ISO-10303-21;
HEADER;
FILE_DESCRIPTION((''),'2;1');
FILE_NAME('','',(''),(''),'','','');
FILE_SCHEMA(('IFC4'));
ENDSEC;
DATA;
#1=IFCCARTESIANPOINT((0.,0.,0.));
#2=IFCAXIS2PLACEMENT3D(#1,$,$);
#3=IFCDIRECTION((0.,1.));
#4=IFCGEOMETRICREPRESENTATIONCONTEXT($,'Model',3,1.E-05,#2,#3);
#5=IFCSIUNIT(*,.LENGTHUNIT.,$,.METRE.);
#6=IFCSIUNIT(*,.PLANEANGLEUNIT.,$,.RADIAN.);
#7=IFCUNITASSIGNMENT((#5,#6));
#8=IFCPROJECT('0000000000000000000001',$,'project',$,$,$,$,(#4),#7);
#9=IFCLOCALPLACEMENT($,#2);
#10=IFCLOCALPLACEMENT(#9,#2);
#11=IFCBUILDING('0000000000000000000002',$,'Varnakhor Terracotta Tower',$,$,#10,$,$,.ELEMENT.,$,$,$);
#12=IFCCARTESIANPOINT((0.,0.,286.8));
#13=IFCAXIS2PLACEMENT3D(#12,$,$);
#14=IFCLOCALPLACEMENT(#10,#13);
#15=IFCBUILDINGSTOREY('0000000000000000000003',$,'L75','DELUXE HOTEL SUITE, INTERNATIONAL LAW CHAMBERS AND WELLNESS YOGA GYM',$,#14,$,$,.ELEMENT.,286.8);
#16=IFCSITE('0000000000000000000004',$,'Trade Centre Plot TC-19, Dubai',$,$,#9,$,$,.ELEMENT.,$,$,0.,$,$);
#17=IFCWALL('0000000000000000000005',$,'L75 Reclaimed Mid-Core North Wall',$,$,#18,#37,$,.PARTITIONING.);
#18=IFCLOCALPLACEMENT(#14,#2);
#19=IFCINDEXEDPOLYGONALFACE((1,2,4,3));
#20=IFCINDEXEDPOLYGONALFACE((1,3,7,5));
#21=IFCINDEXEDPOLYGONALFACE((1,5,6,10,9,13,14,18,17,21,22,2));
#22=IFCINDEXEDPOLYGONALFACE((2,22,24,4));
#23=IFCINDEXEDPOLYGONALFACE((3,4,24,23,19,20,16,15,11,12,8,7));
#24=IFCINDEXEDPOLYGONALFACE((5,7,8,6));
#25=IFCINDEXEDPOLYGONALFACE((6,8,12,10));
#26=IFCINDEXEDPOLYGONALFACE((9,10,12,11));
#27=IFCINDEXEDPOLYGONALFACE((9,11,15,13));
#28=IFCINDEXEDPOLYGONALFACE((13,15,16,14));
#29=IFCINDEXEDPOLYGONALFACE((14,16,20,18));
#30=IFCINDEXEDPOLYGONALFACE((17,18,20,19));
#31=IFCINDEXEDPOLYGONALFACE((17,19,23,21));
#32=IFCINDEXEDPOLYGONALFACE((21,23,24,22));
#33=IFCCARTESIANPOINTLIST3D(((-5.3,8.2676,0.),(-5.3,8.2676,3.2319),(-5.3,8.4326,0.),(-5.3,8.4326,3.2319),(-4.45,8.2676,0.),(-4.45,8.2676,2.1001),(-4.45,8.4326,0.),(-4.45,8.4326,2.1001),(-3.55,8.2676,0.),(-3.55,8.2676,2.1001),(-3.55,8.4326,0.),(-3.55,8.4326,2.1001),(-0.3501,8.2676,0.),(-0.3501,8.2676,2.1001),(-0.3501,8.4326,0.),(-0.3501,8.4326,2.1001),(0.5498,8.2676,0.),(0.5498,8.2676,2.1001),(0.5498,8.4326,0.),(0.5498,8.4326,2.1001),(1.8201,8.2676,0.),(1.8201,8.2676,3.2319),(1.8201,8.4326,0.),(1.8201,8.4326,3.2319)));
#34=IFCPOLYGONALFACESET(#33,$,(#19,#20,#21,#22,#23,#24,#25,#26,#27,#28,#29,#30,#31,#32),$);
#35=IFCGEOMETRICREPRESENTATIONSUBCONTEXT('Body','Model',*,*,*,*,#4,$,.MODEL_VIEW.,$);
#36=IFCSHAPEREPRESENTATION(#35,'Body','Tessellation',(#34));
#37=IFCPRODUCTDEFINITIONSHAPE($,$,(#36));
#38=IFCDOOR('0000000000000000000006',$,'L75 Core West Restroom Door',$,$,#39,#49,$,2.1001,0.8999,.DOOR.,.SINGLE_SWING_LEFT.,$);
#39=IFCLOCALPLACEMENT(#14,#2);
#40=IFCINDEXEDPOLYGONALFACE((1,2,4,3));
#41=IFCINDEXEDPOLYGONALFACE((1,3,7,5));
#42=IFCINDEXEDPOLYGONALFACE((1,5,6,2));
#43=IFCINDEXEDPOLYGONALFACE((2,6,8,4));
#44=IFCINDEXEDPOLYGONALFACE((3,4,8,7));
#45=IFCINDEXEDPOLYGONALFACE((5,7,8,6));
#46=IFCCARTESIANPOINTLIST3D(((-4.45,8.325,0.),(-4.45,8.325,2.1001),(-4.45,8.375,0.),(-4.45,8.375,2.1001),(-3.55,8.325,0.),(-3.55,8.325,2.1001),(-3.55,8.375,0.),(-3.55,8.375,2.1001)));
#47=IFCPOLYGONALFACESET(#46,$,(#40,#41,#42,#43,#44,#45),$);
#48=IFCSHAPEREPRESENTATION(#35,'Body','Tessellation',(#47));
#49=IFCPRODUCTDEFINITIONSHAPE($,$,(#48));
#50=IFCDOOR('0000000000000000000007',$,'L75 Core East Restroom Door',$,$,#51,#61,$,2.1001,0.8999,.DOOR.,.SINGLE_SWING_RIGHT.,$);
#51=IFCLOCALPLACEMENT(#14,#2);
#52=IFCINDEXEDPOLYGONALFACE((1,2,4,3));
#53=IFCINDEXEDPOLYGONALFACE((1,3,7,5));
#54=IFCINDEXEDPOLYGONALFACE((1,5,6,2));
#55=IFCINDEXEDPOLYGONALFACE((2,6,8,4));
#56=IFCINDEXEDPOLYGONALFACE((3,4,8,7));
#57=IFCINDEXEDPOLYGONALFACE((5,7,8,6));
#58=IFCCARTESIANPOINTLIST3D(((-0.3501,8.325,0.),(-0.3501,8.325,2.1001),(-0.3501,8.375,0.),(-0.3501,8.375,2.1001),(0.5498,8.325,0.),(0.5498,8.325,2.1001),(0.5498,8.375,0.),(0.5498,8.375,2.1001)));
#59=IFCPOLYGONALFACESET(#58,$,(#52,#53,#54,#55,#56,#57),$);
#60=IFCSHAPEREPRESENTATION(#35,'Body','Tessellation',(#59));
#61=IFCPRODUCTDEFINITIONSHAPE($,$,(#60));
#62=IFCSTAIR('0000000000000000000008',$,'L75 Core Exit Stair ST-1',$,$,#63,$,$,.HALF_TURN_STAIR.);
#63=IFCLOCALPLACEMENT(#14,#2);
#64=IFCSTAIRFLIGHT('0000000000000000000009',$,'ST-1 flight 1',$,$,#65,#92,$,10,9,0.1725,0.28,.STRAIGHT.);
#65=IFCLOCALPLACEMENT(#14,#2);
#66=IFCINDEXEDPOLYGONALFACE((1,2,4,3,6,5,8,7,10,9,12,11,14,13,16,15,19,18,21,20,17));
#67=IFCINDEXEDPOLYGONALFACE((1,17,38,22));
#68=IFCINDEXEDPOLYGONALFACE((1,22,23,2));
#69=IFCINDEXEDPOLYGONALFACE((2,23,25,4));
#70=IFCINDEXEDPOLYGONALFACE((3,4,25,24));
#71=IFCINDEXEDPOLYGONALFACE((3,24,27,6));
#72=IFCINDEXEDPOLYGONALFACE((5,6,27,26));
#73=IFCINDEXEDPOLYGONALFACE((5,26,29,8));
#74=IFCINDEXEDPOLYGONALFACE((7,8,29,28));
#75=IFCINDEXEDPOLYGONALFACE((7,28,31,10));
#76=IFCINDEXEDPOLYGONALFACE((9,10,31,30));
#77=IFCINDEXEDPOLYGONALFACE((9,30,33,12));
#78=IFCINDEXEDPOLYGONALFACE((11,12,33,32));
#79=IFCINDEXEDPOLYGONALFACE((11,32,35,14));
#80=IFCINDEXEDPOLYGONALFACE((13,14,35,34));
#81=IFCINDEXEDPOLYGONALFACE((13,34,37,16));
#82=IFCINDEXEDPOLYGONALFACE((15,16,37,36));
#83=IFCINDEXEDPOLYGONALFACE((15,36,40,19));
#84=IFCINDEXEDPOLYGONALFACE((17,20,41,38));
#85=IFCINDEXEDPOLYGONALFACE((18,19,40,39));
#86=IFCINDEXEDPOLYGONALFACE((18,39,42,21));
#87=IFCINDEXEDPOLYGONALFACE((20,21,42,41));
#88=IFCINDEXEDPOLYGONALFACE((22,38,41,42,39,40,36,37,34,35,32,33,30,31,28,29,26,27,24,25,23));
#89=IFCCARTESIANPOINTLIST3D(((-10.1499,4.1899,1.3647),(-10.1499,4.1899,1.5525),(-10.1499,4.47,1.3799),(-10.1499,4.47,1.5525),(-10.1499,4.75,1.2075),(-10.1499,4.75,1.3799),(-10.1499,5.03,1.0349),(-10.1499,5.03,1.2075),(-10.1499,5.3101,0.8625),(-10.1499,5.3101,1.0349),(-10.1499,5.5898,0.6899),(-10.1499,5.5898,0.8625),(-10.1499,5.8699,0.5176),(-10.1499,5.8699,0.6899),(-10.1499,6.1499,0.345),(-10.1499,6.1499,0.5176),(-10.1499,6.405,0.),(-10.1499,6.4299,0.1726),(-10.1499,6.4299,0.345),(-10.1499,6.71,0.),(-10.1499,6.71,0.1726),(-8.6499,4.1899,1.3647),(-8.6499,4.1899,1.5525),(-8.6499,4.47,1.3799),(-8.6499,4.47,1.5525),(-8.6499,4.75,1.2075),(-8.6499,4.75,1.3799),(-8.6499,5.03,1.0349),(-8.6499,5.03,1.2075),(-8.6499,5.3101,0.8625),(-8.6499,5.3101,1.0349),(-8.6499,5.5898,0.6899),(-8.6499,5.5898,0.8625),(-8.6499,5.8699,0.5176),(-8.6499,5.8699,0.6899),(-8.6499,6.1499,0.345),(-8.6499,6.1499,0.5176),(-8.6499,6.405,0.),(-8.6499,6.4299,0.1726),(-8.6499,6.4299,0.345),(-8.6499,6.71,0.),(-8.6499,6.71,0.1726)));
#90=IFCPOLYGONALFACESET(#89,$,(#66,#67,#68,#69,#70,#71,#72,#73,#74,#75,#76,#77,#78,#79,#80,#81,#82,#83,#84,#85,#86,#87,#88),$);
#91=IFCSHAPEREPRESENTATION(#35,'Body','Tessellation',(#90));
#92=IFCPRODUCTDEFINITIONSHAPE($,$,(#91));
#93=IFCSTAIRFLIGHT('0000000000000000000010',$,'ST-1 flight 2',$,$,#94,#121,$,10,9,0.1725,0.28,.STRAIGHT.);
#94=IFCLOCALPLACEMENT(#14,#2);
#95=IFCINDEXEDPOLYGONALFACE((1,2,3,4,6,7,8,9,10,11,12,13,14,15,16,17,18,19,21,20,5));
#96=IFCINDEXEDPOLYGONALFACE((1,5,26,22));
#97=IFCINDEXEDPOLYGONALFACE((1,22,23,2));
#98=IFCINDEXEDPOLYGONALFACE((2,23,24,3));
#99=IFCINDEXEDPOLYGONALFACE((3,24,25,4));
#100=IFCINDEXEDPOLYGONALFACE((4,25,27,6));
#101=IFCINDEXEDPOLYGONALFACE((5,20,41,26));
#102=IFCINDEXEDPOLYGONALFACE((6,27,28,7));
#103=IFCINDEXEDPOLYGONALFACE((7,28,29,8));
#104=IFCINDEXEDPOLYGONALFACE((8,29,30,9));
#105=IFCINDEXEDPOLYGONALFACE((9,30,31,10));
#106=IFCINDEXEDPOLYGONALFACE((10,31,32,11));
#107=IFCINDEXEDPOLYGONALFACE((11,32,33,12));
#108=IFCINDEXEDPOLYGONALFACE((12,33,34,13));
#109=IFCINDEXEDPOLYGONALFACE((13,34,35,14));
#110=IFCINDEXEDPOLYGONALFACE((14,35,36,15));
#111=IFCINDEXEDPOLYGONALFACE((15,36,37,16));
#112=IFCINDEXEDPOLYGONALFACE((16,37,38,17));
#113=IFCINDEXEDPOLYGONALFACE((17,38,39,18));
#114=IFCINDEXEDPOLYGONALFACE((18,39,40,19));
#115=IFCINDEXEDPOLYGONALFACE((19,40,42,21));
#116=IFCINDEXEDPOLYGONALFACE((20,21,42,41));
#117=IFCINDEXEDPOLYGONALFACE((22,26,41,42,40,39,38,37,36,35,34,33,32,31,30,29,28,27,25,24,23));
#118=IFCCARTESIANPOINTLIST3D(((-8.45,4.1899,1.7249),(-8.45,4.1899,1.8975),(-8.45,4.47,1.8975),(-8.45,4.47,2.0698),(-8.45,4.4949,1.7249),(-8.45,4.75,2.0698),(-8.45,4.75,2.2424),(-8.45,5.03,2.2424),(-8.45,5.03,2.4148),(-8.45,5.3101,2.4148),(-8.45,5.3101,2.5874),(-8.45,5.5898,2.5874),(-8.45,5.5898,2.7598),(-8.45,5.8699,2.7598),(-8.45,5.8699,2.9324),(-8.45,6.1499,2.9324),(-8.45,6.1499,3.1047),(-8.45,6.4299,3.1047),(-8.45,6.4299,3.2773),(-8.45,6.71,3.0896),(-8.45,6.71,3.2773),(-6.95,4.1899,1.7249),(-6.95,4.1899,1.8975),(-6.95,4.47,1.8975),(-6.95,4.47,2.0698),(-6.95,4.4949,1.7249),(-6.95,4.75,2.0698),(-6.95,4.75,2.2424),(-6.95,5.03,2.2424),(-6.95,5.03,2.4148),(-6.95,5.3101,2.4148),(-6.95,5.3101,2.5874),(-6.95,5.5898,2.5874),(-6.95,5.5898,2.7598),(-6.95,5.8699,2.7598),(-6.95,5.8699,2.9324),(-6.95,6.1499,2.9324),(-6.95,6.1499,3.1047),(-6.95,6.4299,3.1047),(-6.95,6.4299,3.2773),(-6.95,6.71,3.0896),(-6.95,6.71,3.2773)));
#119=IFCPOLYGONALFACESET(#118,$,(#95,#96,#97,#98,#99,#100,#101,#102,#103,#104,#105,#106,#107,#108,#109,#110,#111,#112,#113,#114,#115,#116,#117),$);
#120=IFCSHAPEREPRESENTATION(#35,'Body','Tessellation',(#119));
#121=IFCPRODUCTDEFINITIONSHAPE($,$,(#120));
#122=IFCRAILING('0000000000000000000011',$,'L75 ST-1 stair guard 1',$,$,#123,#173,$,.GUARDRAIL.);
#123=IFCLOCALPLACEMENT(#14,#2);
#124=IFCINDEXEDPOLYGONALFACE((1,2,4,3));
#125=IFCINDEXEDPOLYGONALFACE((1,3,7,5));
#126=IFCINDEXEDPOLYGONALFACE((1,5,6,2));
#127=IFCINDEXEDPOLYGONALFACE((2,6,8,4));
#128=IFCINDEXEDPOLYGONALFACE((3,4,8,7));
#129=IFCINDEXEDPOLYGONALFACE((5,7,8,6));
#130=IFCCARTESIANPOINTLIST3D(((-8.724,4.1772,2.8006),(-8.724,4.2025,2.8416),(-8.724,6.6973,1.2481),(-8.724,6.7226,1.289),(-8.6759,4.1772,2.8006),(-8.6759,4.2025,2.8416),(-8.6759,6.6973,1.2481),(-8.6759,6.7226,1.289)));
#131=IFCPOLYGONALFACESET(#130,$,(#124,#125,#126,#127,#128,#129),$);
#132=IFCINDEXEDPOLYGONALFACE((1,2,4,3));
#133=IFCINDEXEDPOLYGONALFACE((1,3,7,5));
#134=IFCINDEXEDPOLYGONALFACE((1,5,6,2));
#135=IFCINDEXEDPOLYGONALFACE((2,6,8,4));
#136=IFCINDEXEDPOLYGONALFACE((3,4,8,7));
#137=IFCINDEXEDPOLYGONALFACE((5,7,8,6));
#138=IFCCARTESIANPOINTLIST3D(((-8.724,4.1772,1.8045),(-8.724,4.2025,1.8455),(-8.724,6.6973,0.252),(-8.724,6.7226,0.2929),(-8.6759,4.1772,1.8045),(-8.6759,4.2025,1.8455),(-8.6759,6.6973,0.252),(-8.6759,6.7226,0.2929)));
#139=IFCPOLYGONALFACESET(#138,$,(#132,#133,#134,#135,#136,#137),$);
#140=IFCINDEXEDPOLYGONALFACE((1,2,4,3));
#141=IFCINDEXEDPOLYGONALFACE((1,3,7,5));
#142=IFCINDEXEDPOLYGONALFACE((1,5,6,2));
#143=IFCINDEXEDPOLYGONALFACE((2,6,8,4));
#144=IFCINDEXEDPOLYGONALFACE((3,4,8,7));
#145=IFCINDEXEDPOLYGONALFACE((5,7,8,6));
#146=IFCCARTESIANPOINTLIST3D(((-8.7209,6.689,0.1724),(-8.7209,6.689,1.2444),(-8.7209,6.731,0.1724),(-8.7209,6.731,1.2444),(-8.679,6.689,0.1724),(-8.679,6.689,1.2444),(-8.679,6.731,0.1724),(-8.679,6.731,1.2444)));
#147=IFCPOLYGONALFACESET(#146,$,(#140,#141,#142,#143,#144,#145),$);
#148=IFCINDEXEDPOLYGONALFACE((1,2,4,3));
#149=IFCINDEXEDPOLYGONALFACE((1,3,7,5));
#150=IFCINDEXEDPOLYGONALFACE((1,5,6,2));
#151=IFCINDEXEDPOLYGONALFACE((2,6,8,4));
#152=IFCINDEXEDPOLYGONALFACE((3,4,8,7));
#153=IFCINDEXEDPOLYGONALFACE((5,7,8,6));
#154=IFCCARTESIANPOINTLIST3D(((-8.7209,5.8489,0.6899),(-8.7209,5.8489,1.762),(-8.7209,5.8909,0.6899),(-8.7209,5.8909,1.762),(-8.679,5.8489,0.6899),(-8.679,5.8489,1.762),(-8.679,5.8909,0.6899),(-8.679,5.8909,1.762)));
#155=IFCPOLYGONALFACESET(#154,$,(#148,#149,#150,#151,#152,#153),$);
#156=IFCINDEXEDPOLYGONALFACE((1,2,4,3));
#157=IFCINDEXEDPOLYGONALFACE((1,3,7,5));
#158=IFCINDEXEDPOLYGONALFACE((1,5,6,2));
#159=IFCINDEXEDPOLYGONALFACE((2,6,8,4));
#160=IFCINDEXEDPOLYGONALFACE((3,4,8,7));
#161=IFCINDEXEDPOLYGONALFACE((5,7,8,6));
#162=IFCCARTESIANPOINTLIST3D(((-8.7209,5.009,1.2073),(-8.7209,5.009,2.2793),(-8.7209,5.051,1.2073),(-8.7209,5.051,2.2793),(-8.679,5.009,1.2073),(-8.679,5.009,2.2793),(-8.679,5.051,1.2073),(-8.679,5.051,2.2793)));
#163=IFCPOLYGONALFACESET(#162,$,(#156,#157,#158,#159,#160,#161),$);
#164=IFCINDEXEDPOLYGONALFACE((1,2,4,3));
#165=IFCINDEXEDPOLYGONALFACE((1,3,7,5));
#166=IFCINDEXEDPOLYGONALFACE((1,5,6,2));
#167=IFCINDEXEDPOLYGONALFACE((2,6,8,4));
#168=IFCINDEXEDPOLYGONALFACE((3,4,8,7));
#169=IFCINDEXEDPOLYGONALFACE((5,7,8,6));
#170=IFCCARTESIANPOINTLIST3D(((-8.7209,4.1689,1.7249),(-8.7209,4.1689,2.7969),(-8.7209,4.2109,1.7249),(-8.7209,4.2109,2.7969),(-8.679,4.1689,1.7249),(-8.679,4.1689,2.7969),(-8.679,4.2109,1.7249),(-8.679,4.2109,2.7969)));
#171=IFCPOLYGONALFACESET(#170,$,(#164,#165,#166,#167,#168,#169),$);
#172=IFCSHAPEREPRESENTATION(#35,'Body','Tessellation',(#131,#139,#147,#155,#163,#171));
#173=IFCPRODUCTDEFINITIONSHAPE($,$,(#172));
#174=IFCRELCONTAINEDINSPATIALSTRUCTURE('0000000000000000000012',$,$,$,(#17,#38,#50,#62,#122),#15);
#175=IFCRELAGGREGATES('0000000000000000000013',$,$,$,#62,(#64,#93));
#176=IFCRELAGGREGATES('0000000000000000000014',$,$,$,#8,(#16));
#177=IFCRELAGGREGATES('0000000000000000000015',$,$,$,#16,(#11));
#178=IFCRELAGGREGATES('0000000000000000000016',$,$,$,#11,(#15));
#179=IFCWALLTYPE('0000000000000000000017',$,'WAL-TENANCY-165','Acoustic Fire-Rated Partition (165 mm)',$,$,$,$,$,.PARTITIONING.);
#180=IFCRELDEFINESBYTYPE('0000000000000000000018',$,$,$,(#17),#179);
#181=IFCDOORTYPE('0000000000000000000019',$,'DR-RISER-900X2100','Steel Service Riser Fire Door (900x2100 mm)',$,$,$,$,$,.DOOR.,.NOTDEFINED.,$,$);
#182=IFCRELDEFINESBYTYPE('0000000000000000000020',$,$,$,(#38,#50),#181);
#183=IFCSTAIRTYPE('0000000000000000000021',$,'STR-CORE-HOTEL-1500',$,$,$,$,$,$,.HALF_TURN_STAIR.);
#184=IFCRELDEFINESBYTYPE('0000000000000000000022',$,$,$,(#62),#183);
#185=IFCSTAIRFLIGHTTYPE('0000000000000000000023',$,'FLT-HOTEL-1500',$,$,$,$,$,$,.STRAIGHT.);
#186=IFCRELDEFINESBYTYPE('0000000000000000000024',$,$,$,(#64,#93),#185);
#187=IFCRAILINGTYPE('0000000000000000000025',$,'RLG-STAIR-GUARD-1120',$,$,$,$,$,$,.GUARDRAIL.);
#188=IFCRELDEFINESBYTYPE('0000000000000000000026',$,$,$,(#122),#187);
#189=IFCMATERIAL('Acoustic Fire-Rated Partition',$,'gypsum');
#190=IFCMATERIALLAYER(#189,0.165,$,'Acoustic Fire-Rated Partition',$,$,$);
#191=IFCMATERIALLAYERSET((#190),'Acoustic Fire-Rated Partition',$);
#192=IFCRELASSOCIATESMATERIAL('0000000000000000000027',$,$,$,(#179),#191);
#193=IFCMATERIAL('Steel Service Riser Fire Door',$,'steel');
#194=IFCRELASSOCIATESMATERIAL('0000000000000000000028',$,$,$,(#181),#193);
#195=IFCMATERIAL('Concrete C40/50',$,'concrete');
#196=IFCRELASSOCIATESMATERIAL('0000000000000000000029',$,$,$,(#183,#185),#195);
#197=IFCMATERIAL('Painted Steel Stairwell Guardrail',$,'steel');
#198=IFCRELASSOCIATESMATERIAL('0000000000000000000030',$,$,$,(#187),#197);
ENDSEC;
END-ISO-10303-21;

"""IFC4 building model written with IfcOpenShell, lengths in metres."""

from ifc_helpers import new_model, si_unit, direction, frame, frame_2d, origin, origin_2d, place, context, subcontext, project, spatial, polyline, rectangle, outline, extrude, source, transform, mapped, material, layer, layer_set, type_object, type_shapes, element, fill, aggregate, save


model = new_model("IFC4")

# Units and contexts
model_context = context("Model", 3, precision=1e-05, world=origin(), true_north=direction((0.0, 1.0)))
body_context = subcontext(model_context, "Body", "Model", "MODEL_VIEW")
ifc_project = project(units=[si_unit("LENGTHUNIT", "METRE"), si_unit("PLANEANGLEUNIT", "RADIAN")], contexts=[model_context])

# Site, building, storey
site_placement = place(None, origin())
site = spatial("IfcSite", under=ifc_project, at=site_placement, Name="Trade Centre Plot TC-19, Dubai", CompositionType="ELEMENT", RefElevation=0.0)
building_placement = place(site_placement, origin())
building = spatial("IfcBuilding", under=site, at=building_placement, Name="Varnakhor Terracotta Tower", CompositionType="ELEMENT")
storey_placement = place(building_placement, frame((0.0, 0.0, 286.8)))
storey = spatial("IfcBuildingStorey", under=building, at=storey_placement, Name="L75", Description="DELUXE HOTEL SUITE, INTERNATIONAL LAW CHAMBERS AND WELLNESS YOGA GYM", CompositionType="ELEMENT", Elevation=286.8)

# Shared definitions
ifc_material_1 = material(Name="Concrete C40/50", Category="concrete")

# Shared definitions
ifc_material_2 = material(Name="Acoustic Fire-Rated Partition", Category="gypsum")
ifc_layer_1 = layer(ifc_material_2, 0.165, Name="Acoustic Fire-Rated Partition")
ifc_layer_set_1 = layer_set([ifc_layer_1], Name="Acoustic Fire-Rated Partition")
wall_type_1 = type_object("IfcWallType", Name="WAL-TENANCY-165", Description="Acoustic Fire-Rated Partition (165 mm)", PredefinedType="PARTITIONING", material=ifc_layer_set_1)
ifc_material_3 = material(Name="Steel Service Riser Fire Door", Category="steel")
door_type_1 = type_object("IfcDoorType", Name="DR-RISER-900X2100", Description="Steel Service Riser Fire Door (900x2100 mm)", OperationType="NOTDEFINED", PredefinedType="DOOR", material=ifc_material_3)
shared_shape_1 = source(origin(), body_context, "Body", "SweptSolid", [
    extrude(rectangle(XDim=0.8999, YDim=2.1001, at=frame_2d((0.45, 1.05))), frame((0.0, 0.0249, 0.0), z_axis=(0.0, -1.0, 0.0), x_axis=(1.0, 0.0, 0.0)), (0.0, 0.0, 1.0), 0.05),
])
type_shapes(door_type_1, [shared_shape_1])

# Wall, openings, doors
wall_1_placement = place(storey_placement, frame((-5.3, 8.3501, 0.0), z_axis=(0.0, 0.0, 1.0), x_axis=(1.0, 0.0, 0.0)))
wall_1 = element("IfcWall", 1, at=wall_1_placement, inside=storey, type_object=wall_type_1, Name="L75 Reclaimed Mid-Core North Wall", PredefinedType="PARTITIONING", context=body_context, shape_type="SweptSolid", body=[
    extrude(rectangle(XDim=7.1201, YDim=0.165, at=frame_2d((3.5601, 0.0))), origin(), (0.0, 0.0, 1.0), 3.2319),
])
opening_1_placement = place(wall_1_placement, frame((0.8501, 0.0, 0.0)))
opening_1 = element("IfcOpeningElement", 2, at=opening_1_placement, cuts=wall_1, PredefinedType="OPENING", context=body_context, shape_type="SweptSolid", body=[
    extrude(rectangle(XDim=0.8999, YDim=2.1001, at=frame_2d((0.45, 1.05))), frame((0.0, 0.0925, 0.0), z_axis=(0.0, -1.0, 0.0), x_axis=(1.0, 0.0, 0.0)), (0.0, 0.0, 1.0), 0.1851),
])
opening_2_placement = place(wall_1_placement, frame((4.95, 0.0, 0.0)))
opening_2 = element("IfcOpeningElement", 3, at=opening_2_placement, cuts=wall_1, PredefinedType="OPENING", context=body_context, shape_type="SweptSolid", body=[
    extrude(rectangle(XDim=0.8999, YDim=2.1001, at=frame_2d((0.45, 1.05))), frame((0.0, 0.0925, 0.0), z_axis=(0.0, -1.0, 0.0), x_axis=(1.0, 0.0, 0.0)), (0.0, 0.0, 1.0), 0.1851),
])
door_1_placement = place(opening_1_placement, origin())
door_1 = element("IfcDoor", 4, at=door_1_placement, inside=storey, type_object=door_type_1, Name="L75 Core West Restroom Door", OperationType="SINGLE_SWING_LEFT", OverallHeight=2.1001, OverallWidth=0.8999, PredefinedType="DOOR", context=body_context, shape_type="MappedRepresentation", body=[
    mapped(shared_shape_1, transform((0.0, 0.0, 0.0), scale=1.0)),
])
fill(opening_1, door_1)
door_2_placement = place(opening_2_placement, origin())
door_2 = element("IfcDoor", 5, at=door_2_placement, inside=storey, type_object=door_type_1, Name="L75 Core East Restroom Door", OperationType="SINGLE_SWING_RIGHT", OverallHeight=2.1001, OverallWidth=0.8999, PredefinedType="DOOR", context=body_context, shape_type="MappedRepresentation", body=[
    mapped(shared_shape_1, transform((0.0, 0.0, 0.0), scale=1.0)),
])
fill(opening_2, door_2)

# Stair, stair flights
stair_type = type_object("IfcStairType", Name="STR-CORE-HOTEL-1500", PredefinedType="HALF_TURN_STAIR", material=ifc_material_1)
stair_placement = place(storey_placement, origin())
stair = element("IfcStair", 6, at=stair_placement, inside=storey, type_object=stair_type, Name="L75 Core Exit Stair ST-1", PredefinedType="HALF_TURN_STAIR")
stair_flight_type = type_object("IfcStairFlightType", Name="FLT-HOTEL-1500", PredefinedType="STRAIGHT", material=ifc_material_1)
stair_flight_1_placement = place(storey_placement, frame((-9.3999, 6.71, 0.0), z_axis=(0.0, 0.0, 1.0), x_axis=(0.0, -1.0, 0.0)))
stair_flight_1 = element("IfcStairFlight", 7, at=stair_flight_1_placement, type_object=stair_flight_type, Name="ST-1 flight 1", NumberOfRisers=10, NumberOfTreads=9, PredefinedType="STRAIGHT", RiserHeight=0.1725, TreadLength=0.28, context=body_context, shape_type="SweptSolid", body=[
    extrude(outline(polyline([(0.0, 0.0), (0.0, 0.1726), (0.28, 0.1726), (0.28, 0.345), (0.5601, 0.345), (0.5601, 0.5176), (0.8401, 0.5176), (0.8401, 0.6899), (1.1201, 0.6899), (1.1201, 0.8625), (1.3999, 0.8625), (1.3999, 1.0349), (1.6799, 1.0349), (1.6799, 1.2075), (1.96, 1.2075), (1.96, 1.3799), (2.24, 1.3799), (2.24, 1.5525), (2.52, 1.5525), (2.52, 1.7251), (2.52, 1.3647), (0.3049, 0.0), (0.0, 0.0)])), frame((0.0, 0.75, 0.0), z_axis=(0.0, -1.0, 0.0), x_axis=(1.0, 0.0, 0.0)), (0.0, 0.0, 1.0), 1.5),
])
stair_flight_2_placement = place(storey_placement, frame((-7.7, 4.1899, 1.7249), z_axis=(0.0, 0.0, 1.0), x_axis=(0.0, 1.0, 0.0)))
stair_flight_2 = element("IfcStairFlight", 8, at=stair_flight_2_placement, type_object=stair_flight_type, Name="ST-1 flight 2", NumberOfRisers=10, NumberOfTreads=9, PredefinedType="STRAIGHT", RiserHeight=0.1725, TreadLength=0.28, context=body_context, shape_type="SweptSolid", body=[
    extrude(outline(polyline([(0.0, 0.0), (0.0, 0.1726), (0.28, 0.1726), (0.28, 0.345), (0.5601, 0.345), (0.5601, 0.5176), (0.8401, 0.5176), (0.8401, 0.6899), (1.1201, 0.6899), (1.1201, 0.8625), (1.3999, 0.8625), (1.3999, 1.0349), (1.6799, 1.0349), (1.6799, 1.2075), (1.96, 1.2075), (1.96, 1.3799), (2.24, 1.3799), (2.24, 1.5525), (2.52, 1.5525), (2.52, 1.7251), (2.52, 1.3647), (0.3049, 0.0), (0.0, 0.0)])), frame((0.0, 0.75, 0.0), z_axis=(0.0, -1.0, 0.0), x_axis=(1.0, 0.0, 0.0)), (0.0, 0.0, 1.0), 1.5),
])
aggregate(stair, [stair_flight_1, stair_flight_2])

# Railing
ifc_material_4 = material(Name="Painted Steel Stairwell Guardrail", Category="steel")
railing_type_1 = type_object("IfcRailingType", Name="RLG-STAIR-GUARD-1120", PredefinedType="GUARDRAIL", material=ifc_material_4)
railing_1_placement = place(storey_placement, frame((-8.7, 6.71, 0.1724)))
element("IfcRailing", 9, at=railing_1_placement, inside=storey, type_object=railing_type_1, Name="L75 ST-1 stair guard 1", PredefinedType="GUARDRAIL", context=body_context, shape_type="SweptSolid", body=[
    extrude(rectangle(XDim=0.0481, YDim=0.0481, at=origin_2d()), frame((0.0, 0.0, 1.0962), z_axis=(0.0, -0.8514, 0.524516), x_axis=(1.0, 0.0, 0.0)), (0.0, 0.0, 1.0), 2.96),
    extrude(rectangle(XDim=0.0481, YDim=0.0481, at=origin_2d()), frame((0.0, 0.0, 0.1001), z_axis=(0.0, -0.8514, 0.524516), x_axis=(1.0, 0.0, 0.0)), (0.0, 0.0, 1.0), 2.96),
    extrude(rectangle(XDim=0.042, YDim=0.042, at=origin_2d()), origin(), (0.0, 0.0, 1.0), 1.072),
    extrude(rectangle(XDim=0.042, YDim=0.042, at=origin_2d()), frame((0.0, -0.8401, 0.5176)), (0.0, 0.0, 1.0), 1.072),
    extrude(rectangle(XDim=0.042, YDim=0.042, at=origin_2d()), frame((0.0, -1.6799, 1.0349)), (0.0, 0.0, 1.0), 1.072),
    extrude(rectangle(XDim=0.042, YDim=0.042, at=origin_2d()), frame((0.0, -2.52, 1.5525)), (0.0, 0.0, 1.0), 1.072),
])

save(model, "model.ifc")
